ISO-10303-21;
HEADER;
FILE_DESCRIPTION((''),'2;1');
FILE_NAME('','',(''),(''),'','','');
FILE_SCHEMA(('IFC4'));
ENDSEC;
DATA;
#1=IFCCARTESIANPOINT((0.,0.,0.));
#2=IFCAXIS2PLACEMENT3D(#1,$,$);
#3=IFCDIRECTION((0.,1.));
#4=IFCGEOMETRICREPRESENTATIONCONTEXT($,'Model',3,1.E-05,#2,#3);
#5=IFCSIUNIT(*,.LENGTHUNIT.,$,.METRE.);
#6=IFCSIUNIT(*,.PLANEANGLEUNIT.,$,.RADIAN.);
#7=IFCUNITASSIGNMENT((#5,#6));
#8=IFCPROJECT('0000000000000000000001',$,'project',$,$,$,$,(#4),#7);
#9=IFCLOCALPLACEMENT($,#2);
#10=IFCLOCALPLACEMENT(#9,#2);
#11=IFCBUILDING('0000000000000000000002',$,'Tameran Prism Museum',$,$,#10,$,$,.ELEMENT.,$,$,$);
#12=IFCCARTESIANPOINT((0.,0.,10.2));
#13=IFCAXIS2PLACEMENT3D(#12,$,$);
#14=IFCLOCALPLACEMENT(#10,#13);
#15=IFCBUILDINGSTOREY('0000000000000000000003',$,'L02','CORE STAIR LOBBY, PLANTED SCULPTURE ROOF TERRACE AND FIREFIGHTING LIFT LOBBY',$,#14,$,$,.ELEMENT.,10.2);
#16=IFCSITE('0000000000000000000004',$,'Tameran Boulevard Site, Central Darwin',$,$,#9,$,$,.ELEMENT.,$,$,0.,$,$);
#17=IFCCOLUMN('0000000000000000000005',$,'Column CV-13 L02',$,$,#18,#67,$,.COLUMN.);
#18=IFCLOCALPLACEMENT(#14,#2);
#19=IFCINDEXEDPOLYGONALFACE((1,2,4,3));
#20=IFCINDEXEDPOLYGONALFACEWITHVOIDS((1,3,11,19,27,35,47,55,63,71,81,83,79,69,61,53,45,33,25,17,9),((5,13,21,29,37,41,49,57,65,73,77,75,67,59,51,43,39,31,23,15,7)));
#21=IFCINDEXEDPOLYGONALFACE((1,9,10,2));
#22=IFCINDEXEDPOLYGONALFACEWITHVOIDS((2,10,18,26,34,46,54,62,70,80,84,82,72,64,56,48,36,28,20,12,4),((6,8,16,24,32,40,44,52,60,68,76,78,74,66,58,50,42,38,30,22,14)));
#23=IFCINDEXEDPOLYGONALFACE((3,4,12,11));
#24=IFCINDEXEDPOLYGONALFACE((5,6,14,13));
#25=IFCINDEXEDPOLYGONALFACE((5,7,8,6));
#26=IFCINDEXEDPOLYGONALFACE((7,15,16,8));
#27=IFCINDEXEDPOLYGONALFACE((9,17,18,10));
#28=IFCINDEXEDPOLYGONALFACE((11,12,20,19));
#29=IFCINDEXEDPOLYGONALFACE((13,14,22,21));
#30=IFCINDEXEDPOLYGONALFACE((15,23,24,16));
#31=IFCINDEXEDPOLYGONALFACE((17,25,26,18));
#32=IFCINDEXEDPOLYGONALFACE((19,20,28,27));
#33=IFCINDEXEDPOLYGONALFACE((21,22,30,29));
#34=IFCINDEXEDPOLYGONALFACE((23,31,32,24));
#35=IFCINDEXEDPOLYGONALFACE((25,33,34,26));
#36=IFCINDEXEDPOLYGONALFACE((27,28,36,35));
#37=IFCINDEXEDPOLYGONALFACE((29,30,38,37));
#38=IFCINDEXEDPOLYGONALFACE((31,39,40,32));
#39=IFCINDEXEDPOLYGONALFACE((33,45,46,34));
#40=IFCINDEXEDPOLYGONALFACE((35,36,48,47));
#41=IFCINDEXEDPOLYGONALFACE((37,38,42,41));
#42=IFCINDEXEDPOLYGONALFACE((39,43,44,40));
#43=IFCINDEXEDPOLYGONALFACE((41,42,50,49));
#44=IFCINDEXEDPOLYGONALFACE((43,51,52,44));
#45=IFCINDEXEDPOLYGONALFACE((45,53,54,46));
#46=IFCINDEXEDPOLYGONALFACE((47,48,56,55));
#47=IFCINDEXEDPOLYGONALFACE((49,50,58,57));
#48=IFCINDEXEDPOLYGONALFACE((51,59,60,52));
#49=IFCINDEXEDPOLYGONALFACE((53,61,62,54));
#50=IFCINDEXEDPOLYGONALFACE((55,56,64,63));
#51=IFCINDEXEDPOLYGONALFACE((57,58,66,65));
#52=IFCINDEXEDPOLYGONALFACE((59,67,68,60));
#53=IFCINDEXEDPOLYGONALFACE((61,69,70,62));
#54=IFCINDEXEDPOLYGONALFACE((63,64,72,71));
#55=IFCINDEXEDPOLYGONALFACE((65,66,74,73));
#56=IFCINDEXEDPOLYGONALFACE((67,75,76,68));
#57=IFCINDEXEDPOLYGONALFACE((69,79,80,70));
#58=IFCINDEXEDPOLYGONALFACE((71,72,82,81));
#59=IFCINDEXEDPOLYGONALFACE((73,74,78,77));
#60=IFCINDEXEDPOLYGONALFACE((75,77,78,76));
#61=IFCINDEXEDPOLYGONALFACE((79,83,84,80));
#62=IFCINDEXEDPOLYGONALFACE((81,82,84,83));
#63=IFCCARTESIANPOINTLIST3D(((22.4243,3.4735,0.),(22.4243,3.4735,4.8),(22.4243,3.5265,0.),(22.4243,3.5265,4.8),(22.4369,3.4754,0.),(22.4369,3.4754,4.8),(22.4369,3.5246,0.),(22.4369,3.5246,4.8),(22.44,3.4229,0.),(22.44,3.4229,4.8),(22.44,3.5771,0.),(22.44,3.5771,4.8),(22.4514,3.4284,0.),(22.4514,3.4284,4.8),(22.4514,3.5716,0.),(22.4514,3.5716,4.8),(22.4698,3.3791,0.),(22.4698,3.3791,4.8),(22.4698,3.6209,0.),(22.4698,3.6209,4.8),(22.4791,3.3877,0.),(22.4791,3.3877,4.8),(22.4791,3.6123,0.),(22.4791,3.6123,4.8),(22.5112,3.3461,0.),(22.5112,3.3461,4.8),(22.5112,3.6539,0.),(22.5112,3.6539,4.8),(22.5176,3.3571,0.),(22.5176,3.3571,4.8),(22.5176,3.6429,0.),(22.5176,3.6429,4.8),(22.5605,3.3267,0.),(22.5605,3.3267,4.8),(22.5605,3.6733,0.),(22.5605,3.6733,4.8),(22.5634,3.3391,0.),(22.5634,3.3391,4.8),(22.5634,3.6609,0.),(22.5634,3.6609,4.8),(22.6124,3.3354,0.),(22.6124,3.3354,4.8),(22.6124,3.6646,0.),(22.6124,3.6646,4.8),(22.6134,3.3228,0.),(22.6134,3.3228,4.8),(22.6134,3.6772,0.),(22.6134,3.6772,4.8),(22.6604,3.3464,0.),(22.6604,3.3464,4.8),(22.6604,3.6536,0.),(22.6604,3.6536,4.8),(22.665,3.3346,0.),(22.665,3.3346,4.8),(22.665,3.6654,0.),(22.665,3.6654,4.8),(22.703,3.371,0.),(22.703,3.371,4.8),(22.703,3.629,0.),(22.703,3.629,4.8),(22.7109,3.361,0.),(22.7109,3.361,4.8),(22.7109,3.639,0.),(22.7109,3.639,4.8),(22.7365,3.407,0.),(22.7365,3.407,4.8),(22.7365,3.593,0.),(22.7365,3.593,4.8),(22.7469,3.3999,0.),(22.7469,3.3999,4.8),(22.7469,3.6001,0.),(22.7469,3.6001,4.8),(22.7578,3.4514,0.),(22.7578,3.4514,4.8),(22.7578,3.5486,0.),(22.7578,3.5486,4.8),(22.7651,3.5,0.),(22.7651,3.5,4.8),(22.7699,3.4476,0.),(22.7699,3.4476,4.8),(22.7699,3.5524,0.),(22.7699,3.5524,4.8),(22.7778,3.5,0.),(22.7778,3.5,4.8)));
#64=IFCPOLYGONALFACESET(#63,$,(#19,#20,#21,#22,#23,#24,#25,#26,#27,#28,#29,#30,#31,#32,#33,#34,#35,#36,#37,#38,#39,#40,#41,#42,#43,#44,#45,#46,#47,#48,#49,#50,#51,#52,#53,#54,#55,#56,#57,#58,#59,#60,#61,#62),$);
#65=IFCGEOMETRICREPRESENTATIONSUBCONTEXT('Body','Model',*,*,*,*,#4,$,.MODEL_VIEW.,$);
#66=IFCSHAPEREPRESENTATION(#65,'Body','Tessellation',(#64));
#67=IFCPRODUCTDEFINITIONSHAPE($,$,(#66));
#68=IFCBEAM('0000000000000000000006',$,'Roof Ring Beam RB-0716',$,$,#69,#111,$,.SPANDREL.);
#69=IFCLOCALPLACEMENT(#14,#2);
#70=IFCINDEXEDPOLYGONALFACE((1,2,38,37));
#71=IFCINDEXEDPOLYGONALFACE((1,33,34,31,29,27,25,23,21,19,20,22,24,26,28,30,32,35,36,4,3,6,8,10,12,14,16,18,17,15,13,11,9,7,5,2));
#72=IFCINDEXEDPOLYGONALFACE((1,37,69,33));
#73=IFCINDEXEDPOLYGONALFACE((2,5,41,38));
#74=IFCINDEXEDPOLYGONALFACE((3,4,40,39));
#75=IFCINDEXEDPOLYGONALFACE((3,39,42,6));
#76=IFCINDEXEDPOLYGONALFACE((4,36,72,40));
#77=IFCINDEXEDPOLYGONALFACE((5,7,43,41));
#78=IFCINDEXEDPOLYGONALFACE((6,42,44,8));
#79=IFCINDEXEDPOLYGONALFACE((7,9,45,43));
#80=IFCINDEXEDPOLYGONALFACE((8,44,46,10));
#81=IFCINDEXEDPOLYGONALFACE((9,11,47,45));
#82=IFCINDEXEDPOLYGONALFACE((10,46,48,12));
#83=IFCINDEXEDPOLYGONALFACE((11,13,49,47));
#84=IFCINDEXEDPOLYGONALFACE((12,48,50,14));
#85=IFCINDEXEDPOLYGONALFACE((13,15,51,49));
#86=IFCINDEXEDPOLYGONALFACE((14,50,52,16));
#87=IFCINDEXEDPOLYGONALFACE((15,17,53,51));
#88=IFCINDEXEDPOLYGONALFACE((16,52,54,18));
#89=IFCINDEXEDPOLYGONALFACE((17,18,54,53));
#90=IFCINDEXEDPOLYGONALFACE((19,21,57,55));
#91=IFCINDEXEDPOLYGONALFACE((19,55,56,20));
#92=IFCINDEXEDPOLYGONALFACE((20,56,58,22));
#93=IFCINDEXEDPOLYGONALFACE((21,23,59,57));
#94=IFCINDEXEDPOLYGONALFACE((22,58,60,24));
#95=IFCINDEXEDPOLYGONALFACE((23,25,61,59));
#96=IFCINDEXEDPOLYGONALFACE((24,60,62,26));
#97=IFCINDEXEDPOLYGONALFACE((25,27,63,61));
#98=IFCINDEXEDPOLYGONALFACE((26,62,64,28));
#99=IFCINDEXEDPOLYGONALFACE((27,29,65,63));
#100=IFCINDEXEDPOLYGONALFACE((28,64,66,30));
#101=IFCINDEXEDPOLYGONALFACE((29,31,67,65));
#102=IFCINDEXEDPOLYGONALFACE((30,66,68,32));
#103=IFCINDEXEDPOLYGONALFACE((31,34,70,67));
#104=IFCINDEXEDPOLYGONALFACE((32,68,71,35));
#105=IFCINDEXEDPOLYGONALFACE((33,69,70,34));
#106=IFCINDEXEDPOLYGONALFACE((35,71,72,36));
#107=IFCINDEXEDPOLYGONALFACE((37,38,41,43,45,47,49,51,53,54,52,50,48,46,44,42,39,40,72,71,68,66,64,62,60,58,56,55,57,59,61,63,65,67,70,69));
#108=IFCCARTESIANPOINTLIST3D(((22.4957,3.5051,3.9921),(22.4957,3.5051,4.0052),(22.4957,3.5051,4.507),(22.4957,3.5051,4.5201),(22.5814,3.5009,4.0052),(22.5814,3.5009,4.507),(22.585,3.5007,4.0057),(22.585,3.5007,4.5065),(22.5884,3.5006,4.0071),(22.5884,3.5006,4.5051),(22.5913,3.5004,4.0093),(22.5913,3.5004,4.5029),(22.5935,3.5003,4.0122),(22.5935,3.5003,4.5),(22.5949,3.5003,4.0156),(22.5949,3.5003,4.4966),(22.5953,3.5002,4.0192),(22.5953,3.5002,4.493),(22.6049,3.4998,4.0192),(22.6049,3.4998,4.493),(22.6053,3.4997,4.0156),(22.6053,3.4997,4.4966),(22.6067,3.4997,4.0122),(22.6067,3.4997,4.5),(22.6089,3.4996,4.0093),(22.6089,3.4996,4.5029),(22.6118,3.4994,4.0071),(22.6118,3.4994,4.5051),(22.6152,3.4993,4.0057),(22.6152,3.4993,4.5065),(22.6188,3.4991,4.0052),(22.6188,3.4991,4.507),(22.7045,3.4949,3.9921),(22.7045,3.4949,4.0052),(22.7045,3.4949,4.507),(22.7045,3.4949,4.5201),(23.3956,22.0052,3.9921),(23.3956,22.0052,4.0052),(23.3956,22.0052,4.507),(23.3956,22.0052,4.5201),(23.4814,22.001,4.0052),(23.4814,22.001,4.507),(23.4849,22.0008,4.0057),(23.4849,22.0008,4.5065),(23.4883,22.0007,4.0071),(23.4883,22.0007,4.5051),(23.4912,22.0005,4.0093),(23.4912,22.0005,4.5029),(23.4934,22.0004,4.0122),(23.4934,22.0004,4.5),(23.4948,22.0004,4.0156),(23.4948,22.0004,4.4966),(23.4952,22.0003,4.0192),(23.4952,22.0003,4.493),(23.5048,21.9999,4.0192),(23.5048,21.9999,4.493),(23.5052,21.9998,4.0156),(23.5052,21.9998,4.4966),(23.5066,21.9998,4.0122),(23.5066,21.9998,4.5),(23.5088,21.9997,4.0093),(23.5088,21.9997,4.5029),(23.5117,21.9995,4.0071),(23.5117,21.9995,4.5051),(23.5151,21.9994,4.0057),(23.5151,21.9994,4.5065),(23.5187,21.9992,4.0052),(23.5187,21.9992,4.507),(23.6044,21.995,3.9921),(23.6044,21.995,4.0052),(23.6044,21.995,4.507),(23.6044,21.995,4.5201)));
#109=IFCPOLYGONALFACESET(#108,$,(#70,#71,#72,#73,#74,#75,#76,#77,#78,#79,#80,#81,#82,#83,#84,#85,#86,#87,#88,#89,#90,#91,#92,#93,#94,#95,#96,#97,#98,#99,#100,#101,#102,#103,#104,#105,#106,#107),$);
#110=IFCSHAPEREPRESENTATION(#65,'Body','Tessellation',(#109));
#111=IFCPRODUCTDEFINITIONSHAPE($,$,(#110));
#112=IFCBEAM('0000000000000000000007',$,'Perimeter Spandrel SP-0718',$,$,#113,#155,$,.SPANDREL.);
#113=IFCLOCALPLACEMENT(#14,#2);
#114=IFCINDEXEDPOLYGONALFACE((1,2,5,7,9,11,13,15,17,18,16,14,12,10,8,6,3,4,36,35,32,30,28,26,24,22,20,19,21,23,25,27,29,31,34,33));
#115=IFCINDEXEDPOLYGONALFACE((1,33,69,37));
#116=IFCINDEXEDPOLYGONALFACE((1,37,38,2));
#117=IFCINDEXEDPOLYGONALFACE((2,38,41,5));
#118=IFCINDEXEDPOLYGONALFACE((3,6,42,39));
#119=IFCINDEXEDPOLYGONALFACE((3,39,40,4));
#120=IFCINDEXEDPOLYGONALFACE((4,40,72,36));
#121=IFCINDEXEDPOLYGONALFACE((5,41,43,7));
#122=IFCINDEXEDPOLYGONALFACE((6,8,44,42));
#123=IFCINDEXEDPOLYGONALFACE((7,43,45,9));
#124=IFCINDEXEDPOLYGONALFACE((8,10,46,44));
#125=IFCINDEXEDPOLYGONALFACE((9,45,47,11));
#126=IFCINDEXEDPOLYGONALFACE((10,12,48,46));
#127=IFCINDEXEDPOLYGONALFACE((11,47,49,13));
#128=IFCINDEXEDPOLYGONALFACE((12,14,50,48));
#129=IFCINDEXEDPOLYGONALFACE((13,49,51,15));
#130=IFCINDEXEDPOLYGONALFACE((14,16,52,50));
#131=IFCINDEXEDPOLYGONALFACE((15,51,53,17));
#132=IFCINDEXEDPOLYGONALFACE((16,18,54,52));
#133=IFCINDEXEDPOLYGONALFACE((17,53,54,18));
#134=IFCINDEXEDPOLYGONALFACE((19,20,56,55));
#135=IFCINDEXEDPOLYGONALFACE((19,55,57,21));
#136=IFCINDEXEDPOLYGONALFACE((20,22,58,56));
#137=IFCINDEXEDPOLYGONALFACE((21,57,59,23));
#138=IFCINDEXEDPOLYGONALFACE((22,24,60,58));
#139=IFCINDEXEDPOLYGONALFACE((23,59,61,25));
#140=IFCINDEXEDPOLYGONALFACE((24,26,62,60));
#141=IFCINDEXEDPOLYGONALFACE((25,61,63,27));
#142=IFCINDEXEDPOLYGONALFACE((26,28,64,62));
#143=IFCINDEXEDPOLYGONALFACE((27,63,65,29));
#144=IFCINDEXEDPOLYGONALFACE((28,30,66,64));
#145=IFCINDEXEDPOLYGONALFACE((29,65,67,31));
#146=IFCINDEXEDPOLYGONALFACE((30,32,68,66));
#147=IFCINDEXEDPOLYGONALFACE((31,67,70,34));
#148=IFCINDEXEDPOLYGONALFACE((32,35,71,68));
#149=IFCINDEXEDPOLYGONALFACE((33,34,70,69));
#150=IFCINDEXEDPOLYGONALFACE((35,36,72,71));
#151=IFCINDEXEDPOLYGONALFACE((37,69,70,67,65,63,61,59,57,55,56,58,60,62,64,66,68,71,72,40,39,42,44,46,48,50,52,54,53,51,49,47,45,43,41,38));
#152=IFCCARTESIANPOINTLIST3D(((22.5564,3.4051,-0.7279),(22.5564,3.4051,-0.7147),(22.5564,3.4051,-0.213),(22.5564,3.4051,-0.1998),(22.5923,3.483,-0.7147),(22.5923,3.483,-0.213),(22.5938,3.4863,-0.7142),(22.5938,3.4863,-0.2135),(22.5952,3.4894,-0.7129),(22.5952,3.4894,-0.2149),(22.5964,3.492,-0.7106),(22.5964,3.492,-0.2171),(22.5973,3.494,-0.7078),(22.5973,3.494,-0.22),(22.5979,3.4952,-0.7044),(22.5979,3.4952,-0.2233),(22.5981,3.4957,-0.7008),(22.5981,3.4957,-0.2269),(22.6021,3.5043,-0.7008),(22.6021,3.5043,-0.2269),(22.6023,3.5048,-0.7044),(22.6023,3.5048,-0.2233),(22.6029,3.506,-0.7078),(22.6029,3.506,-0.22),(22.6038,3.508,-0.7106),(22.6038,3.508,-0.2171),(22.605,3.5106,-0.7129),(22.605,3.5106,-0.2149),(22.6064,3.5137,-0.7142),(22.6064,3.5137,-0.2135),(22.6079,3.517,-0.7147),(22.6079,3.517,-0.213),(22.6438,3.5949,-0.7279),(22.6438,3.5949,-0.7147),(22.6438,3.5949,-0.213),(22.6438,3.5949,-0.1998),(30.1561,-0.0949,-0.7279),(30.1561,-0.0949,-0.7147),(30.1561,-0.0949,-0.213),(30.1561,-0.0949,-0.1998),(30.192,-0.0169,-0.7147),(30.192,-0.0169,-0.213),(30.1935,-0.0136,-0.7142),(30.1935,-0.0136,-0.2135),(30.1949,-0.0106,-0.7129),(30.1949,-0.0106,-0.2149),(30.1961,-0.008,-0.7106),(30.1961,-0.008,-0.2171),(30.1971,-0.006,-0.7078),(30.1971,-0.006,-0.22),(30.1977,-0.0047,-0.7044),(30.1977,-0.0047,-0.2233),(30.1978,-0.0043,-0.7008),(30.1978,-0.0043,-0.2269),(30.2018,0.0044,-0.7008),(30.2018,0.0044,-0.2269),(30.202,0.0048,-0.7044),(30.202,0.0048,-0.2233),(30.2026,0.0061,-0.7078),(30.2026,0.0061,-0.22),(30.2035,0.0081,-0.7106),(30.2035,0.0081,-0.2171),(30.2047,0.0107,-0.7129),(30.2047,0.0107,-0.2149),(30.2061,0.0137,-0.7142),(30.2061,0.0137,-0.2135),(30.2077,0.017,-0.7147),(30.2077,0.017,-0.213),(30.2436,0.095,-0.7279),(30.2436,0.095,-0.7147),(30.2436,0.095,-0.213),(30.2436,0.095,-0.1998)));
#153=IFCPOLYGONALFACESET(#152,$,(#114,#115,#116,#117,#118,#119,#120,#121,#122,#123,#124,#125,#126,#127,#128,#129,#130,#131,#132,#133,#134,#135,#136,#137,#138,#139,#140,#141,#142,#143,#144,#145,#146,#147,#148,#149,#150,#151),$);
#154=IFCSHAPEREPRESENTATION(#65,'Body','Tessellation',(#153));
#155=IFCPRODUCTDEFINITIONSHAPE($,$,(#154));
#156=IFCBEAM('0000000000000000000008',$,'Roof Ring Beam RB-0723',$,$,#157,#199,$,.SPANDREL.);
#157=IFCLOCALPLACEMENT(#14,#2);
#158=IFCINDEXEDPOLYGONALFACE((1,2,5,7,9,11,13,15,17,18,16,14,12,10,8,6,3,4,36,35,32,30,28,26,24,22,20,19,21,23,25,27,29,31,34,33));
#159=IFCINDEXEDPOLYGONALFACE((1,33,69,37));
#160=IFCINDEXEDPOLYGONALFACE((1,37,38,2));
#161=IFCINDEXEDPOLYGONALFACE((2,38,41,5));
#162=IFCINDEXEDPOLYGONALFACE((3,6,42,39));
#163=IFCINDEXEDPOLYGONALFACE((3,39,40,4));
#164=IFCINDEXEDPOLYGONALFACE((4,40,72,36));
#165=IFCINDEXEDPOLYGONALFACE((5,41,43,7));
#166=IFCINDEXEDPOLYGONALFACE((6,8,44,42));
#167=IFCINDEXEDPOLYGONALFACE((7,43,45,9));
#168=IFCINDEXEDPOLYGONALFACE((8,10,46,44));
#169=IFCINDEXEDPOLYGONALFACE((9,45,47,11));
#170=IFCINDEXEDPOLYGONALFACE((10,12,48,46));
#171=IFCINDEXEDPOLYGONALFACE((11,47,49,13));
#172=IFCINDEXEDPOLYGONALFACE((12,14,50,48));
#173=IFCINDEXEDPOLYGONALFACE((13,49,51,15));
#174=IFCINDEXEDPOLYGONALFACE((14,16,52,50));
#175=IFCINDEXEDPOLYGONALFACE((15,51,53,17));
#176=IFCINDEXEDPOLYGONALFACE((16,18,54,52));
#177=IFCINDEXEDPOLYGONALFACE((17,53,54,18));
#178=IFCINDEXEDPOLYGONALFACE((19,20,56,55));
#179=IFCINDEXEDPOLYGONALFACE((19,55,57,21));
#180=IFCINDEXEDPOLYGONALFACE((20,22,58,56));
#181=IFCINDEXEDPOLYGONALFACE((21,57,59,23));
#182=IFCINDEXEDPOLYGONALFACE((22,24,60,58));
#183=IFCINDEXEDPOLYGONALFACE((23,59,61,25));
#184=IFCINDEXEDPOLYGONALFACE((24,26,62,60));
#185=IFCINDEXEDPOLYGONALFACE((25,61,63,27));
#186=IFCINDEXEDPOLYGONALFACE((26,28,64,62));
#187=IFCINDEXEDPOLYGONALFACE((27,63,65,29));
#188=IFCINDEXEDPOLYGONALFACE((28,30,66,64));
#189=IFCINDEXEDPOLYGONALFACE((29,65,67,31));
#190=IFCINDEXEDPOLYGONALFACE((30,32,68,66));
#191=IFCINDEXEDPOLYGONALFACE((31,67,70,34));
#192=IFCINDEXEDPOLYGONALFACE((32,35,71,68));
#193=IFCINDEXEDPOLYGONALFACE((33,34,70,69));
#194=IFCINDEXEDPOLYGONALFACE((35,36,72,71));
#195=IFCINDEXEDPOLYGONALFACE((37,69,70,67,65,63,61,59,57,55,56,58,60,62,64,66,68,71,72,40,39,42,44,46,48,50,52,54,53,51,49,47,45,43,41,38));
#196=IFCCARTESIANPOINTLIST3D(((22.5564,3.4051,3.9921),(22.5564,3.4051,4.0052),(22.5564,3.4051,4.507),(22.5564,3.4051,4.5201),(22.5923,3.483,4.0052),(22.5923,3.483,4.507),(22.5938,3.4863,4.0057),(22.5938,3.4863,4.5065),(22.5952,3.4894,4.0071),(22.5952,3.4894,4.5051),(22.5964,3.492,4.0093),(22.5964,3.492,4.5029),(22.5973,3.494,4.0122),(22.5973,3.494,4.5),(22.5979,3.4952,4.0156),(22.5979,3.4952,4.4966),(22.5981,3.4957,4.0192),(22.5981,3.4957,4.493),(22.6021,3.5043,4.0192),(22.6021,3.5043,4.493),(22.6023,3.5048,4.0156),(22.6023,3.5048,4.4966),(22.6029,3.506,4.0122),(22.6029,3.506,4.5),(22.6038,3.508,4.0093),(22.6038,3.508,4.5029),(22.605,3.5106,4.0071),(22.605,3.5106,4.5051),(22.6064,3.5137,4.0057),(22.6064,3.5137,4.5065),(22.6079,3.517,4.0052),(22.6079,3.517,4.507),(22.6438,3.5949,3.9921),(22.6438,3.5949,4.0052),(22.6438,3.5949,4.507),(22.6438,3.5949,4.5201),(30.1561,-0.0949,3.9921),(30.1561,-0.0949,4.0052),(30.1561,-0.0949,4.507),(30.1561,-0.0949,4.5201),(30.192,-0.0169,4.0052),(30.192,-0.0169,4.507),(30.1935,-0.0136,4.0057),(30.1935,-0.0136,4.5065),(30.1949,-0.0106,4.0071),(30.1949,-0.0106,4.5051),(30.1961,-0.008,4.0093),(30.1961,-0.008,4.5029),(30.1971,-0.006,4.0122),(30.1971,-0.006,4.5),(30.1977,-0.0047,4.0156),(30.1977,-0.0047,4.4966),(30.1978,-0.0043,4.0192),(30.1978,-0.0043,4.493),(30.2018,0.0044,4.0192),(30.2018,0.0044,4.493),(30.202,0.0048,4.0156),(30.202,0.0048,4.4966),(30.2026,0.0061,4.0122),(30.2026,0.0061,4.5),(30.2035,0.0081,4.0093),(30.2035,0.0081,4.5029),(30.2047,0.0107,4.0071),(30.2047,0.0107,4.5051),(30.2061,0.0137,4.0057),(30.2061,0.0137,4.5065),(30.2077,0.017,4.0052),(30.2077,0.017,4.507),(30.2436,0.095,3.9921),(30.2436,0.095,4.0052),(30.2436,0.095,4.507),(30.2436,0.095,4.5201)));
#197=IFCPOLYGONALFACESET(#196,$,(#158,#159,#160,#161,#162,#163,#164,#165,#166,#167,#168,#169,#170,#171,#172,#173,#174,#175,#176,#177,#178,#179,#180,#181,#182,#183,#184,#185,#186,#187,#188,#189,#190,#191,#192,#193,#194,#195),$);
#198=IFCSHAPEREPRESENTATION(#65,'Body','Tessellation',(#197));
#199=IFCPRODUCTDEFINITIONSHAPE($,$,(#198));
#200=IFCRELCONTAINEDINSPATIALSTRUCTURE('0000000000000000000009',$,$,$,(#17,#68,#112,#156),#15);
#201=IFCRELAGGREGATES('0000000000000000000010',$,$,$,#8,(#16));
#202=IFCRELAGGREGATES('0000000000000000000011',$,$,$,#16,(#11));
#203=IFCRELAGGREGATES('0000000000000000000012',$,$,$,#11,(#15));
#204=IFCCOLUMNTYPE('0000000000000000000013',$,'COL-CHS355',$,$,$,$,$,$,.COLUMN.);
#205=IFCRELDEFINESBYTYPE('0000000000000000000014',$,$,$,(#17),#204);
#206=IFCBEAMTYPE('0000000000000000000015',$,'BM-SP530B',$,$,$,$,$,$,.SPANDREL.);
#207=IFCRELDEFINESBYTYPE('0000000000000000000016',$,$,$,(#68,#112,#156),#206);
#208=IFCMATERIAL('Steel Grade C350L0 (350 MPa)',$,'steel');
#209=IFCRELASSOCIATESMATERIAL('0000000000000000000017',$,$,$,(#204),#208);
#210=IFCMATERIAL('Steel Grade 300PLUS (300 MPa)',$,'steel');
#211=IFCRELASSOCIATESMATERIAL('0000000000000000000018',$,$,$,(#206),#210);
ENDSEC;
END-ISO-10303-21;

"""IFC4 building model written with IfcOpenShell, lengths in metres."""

from ifc_helpers import new_model, si_unit, direction, frame, origin, origin_2d, place, context, subcontext, project, spatial, hollow_circle, i_section, extrude, material, material_profile, profile_set, type_object, element, save


model = new_model("IFC4")

# Units and contexts
model_context = context("Model", 3, precision=1e-05, world=origin(), true_north=direction((0.0, 1.0)))
body_context = subcontext(model_context, "Body", "Model", "MODEL_VIEW")
ifc_project = project(units=[si_unit("LENGTHUNIT", "METRE"), si_unit("PLANEANGLEUNIT", "RADIAN")], contexts=[model_context])

# Site, building, storey
site_placement = place(None, origin())
site = spatial("IfcSite", under=ifc_project, at=site_placement, Name="Tameran Boulevard Site, Central Darwin", CompositionType="ELEMENT", RefElevation=0.0)
building_placement = place(site_placement, origin())
building = spatial("IfcBuilding", under=site, at=building_placement, Name="Tameran Prism Museum", CompositionType="ELEMENT")
storey_placement = place(building_placement, frame((0.0, 0.0, 10.2)))
storey = spatial("IfcBuildingStorey", under=building, at=storey_placement, Name="L02", Description="CORE STAIR LOBBY, PLANTED SCULPTURE ROOF TERRACE AND FIREFIGHTING LIFT LOBBY", CompositionType="ELEMENT", Elevation=10.2)

# Column
ifc_material_1 = material(Name="Steel Grade C350L0 (350 MPa)", Category="steel")
ifc_material_profile_1 = material_profile(ifc_material_1, hollow_circle(Radius=0.1777, WallThickness=0.0127, at=origin_2d()))
ifc_profile_set_1 = profile_set([ifc_material_profile_1])
column_type = type_object("IfcColumnType", Name="COL-CHS355", PredefinedType="COLUMN", material=ifc_profile_set_1)
column_placement = place(storey_placement, frame((22.6001, 3.5, 0.0), z_axis=(0.0, 0.0, 1.0), x_axis=(1.0, 0.0, 0.0)))
element("IfcColumn", 1, at=column_placement, inside=storey, type_object=column_type, Name="Column CV-13 L02", PredefinedType="COLUMN", context=body_context, shape_type="SweptSolid", body=[
    extrude(hollow_circle(Radius=0.1777, WallThickness=0.0127, at=origin_2d()), origin(), (0.0, 0.0, 1.0), 4.8),
])

# Beams
ifc_material_2 = material(Name="Steel Grade 300PLUS (300 MPa)", Category="steel")
ifc_material_profile_2 = material_profile(ifc_material_2, i_section(OverallWidth=0.209, OverallDepth=0.5281, WebThickness=0.0095, FlangeThickness=0.0132, FilletRadius=0.0139, at=origin_2d()))
ifc_profile_set_2 = profile_set([ifc_material_profile_2])
beam_type_1 = type_object("IfcBeamType", Name="BM-SP530B", PredefinedType="SPANDREL", material=ifc_profile_set_2)
beam_1_placement = place(storey_placement, frame((22.6001, 3.5, 4.2561), z_axis=(0.048586, 0.998819, 0.0), x_axis=(-0.998819, 0.048586, 0.0)))
element("IfcBeam", 2, at=beam_1_placement, inside=storey, type_object=beam_type_1, Name="Roof Ring Beam RB-0716", PredefinedType="SPANDREL", context=body_context, shape_type="SweptSolid", body=[
    extrude(i_section(OverallWidth=0.209, OverallDepth=0.5281, WebThickness=0.0095, FlangeThickness=0.0132, FilletRadius=0.0139, at=origin_2d()), origin(), (0.0, 0.0, 1.0), 18.522),
])
for number, where, z_axis, x_axis, name in (
    (3, (22.6001, 3.5, -0.4639), (0.908306, -0.418307, 0.0), (0.418307, 0.908306, 0.0), "Perimeter Spandrel SP-0718"),
    (4, (22.6001, 3.5, 4.2561), (0.908306, -0.418307, 0.0), (0.418307, 0.908306, 0.0), "Roof Ring Beam RB-0723"),
):
    element("IfcBeam", number, at=place(storey_placement, frame(where, z_axis=z_axis, x_axis=x_axis)), inside=storey, type_object=beam_type_1, Name=name, PredefinedType="SPANDREL", context=body_context, shape_type="SweptSolid", body=[
        extrude(i_section(OverallWidth=0.209, OverallDepth=0.5281, WebThickness=0.0095, FlangeThickness=0.0132, FilletRadius=0.0139, at=origin_2d()), origin(), (0.0, 0.0, 1.0), 8.3669),
    ])

save(model, "model.ifc")
